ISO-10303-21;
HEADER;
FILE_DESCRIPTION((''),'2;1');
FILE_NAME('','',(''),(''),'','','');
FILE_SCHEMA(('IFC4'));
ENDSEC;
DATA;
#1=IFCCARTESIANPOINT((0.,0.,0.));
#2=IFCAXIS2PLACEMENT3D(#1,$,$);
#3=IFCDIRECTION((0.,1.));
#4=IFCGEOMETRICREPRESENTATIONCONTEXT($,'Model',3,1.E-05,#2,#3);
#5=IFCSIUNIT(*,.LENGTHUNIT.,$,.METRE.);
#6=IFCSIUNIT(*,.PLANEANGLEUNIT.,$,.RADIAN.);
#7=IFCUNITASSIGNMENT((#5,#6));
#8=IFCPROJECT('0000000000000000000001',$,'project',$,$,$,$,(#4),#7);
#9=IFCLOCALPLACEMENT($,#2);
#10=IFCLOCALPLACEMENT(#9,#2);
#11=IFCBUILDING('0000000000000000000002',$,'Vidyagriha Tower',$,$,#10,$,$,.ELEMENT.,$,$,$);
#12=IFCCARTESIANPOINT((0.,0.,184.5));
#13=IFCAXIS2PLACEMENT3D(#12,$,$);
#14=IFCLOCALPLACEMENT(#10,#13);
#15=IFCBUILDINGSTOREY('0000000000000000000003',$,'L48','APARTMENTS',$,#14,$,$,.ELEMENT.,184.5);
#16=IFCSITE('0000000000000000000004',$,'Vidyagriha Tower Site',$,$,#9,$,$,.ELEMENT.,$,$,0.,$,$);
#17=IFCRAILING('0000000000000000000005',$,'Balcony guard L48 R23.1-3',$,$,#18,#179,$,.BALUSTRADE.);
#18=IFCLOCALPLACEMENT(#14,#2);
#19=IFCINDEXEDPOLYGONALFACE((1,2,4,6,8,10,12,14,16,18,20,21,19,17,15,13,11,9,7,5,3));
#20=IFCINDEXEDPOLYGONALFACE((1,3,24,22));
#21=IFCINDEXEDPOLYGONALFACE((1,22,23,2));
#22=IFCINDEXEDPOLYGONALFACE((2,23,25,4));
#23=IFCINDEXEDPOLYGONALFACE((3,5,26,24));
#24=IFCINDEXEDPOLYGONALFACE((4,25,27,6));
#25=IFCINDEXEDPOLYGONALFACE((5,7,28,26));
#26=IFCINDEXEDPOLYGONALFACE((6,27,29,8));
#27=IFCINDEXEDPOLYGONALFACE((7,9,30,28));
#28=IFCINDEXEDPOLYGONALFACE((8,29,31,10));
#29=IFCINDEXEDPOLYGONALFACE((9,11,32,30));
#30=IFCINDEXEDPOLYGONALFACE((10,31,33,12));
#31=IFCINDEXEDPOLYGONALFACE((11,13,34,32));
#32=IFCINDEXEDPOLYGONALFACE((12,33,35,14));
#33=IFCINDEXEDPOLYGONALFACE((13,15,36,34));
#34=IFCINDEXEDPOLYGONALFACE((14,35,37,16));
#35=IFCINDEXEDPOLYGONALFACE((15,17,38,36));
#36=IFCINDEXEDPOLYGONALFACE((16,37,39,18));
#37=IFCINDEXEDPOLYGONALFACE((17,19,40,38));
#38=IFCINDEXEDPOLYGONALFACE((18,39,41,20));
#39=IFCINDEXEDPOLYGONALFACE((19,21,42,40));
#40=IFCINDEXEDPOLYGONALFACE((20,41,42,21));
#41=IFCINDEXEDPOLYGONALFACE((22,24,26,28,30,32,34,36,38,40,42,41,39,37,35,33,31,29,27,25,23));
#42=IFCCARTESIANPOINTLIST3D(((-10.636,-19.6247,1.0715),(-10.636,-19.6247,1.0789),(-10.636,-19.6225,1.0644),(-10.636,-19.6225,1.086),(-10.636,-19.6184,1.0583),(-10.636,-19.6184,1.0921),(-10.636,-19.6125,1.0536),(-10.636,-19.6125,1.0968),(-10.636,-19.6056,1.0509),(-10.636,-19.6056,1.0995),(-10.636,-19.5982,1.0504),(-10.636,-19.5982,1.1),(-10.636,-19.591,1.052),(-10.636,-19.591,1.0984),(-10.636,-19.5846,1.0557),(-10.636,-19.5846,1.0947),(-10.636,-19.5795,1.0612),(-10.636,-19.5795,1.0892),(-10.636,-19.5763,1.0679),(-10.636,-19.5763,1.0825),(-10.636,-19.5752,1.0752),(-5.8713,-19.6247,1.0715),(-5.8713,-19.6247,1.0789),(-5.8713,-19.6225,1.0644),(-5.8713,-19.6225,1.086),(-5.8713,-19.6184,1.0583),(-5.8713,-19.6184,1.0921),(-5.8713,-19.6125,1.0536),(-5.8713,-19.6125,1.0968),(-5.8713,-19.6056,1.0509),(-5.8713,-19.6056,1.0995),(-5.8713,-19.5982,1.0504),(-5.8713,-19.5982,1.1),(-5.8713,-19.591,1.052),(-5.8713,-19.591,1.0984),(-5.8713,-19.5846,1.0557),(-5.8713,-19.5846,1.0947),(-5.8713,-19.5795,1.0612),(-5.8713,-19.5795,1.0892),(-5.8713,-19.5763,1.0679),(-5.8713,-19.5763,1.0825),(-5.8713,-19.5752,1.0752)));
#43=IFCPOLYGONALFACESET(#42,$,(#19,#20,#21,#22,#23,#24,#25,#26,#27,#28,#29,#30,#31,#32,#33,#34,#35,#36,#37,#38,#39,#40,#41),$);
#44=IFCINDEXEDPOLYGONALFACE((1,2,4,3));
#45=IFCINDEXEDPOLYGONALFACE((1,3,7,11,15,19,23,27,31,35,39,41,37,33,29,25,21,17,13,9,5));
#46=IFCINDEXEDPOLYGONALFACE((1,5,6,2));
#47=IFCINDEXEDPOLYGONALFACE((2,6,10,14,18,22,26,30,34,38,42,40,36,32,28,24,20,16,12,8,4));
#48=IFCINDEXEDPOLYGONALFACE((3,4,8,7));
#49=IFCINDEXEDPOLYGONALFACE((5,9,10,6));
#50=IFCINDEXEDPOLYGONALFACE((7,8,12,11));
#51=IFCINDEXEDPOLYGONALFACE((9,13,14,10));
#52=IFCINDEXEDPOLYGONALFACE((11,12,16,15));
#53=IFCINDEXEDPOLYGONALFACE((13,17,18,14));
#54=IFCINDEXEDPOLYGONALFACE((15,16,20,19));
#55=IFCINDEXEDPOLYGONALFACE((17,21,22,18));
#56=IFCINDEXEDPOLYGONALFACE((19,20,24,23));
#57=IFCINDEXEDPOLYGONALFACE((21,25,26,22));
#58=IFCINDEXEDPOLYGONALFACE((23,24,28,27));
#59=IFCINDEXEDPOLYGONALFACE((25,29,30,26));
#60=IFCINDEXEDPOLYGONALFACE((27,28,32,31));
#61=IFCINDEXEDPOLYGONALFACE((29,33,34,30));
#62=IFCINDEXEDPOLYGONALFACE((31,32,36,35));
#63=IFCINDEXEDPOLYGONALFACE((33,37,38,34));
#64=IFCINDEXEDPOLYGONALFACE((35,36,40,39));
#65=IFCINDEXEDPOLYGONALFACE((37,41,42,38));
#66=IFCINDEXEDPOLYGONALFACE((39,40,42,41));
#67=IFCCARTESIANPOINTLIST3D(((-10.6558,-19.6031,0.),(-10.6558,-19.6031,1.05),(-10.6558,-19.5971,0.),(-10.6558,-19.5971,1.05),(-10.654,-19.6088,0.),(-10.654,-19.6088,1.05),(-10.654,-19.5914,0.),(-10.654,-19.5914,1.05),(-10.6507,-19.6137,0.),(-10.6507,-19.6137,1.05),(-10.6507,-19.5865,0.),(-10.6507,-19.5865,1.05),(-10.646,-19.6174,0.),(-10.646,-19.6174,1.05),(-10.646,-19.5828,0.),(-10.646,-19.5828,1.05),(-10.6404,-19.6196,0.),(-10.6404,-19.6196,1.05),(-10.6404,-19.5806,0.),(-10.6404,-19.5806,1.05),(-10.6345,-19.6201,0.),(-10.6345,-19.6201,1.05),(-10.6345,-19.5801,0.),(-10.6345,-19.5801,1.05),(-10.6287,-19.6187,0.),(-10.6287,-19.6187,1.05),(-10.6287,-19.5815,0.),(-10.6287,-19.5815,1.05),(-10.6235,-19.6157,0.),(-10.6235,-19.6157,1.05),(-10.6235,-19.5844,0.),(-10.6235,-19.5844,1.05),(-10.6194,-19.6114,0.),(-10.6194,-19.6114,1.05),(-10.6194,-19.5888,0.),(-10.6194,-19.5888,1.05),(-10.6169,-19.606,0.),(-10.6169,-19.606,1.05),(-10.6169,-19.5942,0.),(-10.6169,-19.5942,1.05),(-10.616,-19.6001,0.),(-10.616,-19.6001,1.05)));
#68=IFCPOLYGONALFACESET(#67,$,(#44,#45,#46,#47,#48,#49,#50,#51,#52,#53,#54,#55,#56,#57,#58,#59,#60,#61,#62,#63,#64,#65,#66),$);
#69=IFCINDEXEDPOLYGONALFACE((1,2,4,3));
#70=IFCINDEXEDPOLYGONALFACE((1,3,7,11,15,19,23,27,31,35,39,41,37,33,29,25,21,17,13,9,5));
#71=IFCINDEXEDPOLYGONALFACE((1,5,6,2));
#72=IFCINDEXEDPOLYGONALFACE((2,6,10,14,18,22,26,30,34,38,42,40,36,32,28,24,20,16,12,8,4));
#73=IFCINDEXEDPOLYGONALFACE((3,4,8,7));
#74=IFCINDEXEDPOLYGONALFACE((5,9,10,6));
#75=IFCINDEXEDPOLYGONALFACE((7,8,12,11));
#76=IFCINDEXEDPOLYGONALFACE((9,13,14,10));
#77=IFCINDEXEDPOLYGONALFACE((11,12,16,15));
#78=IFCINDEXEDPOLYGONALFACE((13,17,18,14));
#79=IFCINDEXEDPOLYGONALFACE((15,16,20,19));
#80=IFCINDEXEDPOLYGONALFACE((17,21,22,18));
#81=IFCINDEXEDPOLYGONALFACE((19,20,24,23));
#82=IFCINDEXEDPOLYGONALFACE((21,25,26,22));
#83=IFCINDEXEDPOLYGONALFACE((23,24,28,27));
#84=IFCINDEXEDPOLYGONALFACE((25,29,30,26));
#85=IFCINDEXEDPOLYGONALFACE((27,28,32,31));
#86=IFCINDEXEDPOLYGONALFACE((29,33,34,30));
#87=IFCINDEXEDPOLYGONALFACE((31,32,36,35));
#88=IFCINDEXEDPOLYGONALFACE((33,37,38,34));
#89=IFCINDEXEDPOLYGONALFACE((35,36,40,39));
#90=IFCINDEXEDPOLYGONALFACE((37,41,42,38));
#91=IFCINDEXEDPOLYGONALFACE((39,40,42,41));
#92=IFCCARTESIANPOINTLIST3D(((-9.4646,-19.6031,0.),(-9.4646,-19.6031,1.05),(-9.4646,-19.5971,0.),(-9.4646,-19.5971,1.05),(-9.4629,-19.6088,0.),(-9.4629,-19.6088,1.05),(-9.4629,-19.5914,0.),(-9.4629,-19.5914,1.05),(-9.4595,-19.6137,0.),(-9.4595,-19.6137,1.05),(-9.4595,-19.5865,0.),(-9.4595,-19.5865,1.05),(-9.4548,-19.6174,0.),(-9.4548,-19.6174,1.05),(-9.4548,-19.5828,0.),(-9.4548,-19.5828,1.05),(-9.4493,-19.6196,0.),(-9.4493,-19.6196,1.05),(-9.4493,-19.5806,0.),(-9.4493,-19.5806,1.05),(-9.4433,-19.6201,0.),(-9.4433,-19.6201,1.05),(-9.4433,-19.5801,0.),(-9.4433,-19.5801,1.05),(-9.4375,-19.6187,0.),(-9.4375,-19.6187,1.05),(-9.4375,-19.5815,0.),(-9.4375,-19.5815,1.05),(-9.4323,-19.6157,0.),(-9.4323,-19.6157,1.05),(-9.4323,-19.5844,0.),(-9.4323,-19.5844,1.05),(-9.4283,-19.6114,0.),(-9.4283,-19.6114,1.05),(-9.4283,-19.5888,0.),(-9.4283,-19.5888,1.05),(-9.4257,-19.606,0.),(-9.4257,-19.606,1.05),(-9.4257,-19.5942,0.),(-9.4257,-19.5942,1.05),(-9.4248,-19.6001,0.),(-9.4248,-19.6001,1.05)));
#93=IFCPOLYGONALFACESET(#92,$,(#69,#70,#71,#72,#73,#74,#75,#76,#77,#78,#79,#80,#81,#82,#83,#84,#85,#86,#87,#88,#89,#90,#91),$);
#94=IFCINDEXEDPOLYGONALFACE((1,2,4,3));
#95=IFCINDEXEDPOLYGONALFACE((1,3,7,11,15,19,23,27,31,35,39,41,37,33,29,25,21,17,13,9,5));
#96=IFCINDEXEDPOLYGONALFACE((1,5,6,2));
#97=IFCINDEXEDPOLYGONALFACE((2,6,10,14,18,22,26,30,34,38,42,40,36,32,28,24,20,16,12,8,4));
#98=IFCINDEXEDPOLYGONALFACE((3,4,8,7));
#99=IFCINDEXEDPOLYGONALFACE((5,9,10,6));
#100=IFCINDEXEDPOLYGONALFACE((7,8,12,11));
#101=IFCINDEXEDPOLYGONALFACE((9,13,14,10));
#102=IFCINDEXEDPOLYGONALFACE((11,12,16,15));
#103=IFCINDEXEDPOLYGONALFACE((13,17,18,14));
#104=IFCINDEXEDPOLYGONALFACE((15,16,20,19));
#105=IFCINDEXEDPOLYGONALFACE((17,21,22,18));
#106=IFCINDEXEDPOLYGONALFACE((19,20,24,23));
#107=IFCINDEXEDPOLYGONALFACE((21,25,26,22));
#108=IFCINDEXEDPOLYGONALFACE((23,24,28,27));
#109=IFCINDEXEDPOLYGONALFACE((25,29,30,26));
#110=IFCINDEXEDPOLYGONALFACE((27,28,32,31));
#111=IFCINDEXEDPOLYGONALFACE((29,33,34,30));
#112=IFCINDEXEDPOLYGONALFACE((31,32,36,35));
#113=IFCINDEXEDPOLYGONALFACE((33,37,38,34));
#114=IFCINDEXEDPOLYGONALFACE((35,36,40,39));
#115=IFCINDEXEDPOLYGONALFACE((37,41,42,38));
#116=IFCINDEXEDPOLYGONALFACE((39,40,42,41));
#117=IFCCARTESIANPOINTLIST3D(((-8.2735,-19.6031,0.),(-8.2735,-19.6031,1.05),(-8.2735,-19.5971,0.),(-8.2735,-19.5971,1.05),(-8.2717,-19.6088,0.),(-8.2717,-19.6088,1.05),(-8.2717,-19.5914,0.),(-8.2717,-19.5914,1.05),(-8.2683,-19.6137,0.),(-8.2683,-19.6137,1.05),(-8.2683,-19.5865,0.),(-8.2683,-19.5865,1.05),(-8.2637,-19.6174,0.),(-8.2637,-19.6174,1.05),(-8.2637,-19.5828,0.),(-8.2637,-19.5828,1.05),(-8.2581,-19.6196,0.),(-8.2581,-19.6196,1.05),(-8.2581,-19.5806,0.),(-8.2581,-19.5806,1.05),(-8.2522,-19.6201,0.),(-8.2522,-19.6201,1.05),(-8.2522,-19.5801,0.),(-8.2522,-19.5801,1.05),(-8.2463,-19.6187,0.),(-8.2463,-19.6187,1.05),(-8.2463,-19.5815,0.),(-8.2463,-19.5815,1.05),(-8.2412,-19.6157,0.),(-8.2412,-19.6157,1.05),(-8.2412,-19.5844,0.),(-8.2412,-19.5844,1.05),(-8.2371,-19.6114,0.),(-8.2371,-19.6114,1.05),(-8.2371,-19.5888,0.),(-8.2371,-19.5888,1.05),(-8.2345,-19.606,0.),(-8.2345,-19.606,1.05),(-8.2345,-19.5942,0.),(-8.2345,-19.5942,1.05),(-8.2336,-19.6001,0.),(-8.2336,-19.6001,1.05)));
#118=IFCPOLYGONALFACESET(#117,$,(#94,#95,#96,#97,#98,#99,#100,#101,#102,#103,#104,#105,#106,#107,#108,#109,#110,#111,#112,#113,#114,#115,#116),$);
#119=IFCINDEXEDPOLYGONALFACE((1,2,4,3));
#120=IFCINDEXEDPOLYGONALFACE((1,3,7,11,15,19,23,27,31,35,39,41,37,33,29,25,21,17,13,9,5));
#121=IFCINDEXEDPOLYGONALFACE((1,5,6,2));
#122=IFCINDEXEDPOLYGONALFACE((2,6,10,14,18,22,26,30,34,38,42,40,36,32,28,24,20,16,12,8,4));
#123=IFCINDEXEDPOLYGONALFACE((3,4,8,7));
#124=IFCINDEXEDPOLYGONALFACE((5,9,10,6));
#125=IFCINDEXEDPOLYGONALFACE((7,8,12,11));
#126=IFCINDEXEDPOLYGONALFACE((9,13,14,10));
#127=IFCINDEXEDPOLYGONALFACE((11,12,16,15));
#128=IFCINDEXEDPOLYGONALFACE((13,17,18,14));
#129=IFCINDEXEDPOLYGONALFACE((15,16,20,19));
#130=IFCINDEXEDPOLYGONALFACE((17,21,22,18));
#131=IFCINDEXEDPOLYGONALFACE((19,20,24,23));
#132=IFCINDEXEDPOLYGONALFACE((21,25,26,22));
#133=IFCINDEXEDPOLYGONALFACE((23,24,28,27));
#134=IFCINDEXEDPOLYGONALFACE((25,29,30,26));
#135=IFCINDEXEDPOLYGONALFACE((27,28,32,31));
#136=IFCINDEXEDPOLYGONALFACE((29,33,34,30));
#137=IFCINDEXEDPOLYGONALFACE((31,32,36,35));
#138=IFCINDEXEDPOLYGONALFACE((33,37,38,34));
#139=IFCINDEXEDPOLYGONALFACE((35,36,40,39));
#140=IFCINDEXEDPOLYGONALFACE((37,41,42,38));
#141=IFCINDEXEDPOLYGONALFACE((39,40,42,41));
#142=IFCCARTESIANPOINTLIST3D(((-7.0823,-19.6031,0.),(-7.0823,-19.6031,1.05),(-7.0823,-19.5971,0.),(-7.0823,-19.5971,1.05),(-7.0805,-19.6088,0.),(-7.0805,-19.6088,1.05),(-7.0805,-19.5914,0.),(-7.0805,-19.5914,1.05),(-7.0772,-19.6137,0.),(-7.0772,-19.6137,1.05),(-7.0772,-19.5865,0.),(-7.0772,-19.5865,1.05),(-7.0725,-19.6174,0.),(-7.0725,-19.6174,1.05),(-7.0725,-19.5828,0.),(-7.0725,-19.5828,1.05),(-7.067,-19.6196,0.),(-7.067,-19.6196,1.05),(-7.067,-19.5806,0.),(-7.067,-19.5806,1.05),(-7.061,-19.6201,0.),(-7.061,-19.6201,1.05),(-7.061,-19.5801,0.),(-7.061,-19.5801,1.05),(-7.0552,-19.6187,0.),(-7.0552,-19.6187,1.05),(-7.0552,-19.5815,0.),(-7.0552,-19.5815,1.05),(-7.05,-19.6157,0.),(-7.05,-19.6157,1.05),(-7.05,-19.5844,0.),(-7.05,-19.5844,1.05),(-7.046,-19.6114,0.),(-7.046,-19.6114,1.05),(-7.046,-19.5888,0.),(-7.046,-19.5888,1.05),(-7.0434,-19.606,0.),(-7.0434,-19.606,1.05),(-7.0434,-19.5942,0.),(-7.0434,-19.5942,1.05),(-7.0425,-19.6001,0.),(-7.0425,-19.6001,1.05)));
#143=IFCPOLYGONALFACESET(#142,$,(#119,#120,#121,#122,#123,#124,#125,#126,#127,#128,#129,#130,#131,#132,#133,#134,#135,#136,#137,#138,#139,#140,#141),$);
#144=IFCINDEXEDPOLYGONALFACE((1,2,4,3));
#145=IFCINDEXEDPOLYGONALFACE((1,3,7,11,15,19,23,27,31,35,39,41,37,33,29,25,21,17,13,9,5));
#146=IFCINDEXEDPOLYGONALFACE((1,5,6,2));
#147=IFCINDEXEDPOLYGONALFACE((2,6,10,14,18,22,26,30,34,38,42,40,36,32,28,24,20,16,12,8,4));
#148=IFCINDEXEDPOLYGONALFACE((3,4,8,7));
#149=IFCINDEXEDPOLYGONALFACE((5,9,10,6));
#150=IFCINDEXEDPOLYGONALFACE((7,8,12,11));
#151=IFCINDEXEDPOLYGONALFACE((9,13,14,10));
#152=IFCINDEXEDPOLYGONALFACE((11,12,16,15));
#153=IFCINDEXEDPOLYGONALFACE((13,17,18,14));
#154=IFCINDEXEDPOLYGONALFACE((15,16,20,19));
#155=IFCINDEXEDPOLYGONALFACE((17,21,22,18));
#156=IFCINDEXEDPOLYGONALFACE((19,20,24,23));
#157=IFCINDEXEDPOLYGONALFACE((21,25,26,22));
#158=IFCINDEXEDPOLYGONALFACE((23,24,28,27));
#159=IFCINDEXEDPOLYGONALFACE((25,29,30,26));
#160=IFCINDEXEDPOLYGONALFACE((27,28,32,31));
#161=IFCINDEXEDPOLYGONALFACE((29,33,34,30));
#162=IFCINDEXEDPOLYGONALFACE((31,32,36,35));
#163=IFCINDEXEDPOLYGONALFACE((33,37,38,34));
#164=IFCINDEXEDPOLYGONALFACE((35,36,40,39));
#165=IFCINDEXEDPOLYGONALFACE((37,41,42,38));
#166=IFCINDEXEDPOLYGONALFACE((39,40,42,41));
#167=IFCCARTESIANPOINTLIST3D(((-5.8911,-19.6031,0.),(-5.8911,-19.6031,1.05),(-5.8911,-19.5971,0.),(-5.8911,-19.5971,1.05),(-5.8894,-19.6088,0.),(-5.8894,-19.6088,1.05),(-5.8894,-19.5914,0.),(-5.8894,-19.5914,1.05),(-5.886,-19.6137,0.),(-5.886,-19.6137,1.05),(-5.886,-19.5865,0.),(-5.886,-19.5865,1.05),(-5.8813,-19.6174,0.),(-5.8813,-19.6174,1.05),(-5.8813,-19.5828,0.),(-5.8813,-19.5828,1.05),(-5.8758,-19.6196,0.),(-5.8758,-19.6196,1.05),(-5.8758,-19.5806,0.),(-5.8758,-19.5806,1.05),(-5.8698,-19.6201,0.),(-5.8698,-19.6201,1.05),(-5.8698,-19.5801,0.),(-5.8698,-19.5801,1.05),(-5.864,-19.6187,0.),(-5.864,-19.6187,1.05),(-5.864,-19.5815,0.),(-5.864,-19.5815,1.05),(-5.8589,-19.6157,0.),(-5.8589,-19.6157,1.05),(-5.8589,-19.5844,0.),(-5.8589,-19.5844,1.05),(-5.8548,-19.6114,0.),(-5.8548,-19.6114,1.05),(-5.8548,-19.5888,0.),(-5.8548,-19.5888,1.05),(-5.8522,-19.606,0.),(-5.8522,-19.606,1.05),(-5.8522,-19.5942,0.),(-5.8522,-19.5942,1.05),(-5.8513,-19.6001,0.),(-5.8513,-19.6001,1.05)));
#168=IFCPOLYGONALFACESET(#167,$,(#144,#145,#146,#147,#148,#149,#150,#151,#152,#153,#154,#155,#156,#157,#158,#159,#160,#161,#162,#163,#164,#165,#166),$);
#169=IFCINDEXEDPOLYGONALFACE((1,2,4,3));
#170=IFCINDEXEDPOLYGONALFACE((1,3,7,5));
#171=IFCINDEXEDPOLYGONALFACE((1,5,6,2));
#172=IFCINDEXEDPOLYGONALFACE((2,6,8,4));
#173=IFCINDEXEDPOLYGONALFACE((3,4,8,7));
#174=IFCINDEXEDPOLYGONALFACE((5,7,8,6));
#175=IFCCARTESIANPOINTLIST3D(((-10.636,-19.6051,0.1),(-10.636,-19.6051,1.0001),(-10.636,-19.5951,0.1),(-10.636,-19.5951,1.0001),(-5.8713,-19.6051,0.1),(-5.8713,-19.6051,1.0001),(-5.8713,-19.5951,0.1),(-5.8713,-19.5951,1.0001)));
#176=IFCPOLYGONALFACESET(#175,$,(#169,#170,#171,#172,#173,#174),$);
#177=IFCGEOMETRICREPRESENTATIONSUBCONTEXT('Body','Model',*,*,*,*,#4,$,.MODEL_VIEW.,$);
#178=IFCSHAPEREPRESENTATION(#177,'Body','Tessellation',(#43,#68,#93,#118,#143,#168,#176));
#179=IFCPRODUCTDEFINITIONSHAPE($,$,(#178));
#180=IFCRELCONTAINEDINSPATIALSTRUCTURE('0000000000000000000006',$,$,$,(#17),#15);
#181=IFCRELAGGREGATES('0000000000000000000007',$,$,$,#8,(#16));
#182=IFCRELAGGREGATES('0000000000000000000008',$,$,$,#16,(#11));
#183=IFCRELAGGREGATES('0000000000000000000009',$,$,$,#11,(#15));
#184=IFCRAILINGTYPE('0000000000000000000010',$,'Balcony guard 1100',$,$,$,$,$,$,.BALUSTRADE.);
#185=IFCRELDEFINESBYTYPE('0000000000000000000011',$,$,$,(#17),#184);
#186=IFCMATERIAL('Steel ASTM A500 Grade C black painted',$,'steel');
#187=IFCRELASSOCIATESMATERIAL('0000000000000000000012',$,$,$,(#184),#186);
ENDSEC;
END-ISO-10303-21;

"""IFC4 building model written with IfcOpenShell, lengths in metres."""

from ifc_helpers import new_model, si_unit, direction, frame, origin, origin_2d, place, context, subcontext, project, spatial, rectangle, circle, extrude, material, type_object, element, save


model = new_model("IFC4")

# Units and contexts
model_context = context("Model", 3, precision=1e-05, world=origin(), true_north=direction((0.0, 1.0)))
body_context = subcontext(model_context, "Body", "Model", "MODEL_VIEW")
ifc_project = project(units=[si_unit("LENGTHUNIT", "METRE"), si_unit("PLANEANGLEUNIT", "RADIAN")], contexts=[model_context])

# Site, building, storey
site_placement = place(None, origin())
site = spatial("IfcSite", under=ifc_project, at=site_placement, Name="Vidyagriha Tower Site", CompositionType="ELEMENT", RefElevation=0.0)
building_placement = place(site_placement, origin())
building = spatial("IfcBuilding", under=site, at=building_placement, Name="Vidyagriha Tower", CompositionType="ELEMENT")
storey_placement = place(building_placement, frame((0.0, 0.0, 184.5)))
storey = spatial("IfcBuildingStorey", under=building, at=storey_placement, Name="L48", Description="APARTMENTS", CompositionType="ELEMENT", Elevation=184.5)

# Railing
ifc_material_1 = material(Name="Steel ASTM A500 Grade C black painted", Category="steel")
railing_type = type_object("IfcRailingType", Name="Balcony guard 1100", PredefinedType="BALUSTRADE", material=ifc_material_1)
railing_1_placement = place(storey_placement, frame((-10.636, -19.6001, 0.0)))
element("IfcRailing", 1, at=railing_1_placement, inside=storey, type_object=railing_type, Name="Balcony guard L48 R23.1-3", PredefinedType="BALUSTRADE", context=body_context, shape_type="SweptSolid", body=[
    extrude(circle(Radius=0.0249, at=origin_2d()), frame((0.0, 0.0, 1.0752), z_axis=(1.0, 0.0, 0.0), x_axis=(0.0, 1.0, 0.0)), (0.0, 0.0, 1.0), 4.7646),
    extrude(circle(Radius=0.02, at=origin_2d()), origin(), (0.0, 0.0, 1.0), 1.05),
    extrude(circle(Radius=0.02, at=origin_2d()), frame((1.1912, 0.0, 0.0)), (0.0, 0.0, 1.0), 1.05),
    extrude(circle(Radius=0.02, at=origin_2d()), frame((2.3823, 0.0, 0.0)), (0.0, 0.0, 1.0), 1.05),
    extrude(circle(Radius=0.02, at=origin_2d()), frame((3.5735, 0.0, 0.0)), (0.0, 0.0, 1.0), 1.05),
    extrude(circle(Radius=0.02, at=origin_2d()), frame((4.7646, 0.0, 0.0)), (0.0, 0.0, 1.0), 1.05),
    extrude(rectangle(XDim=0.01, YDim=0.9001, at=origin_2d()), frame((0.0, 0.0, 0.55), z_axis=(1.0, 0.0, 0.0), x_axis=(0.0, 1.0, 0.0)), (0.0, 0.0, 1.0), 4.7646),
])

save(model, "model.ifc")
